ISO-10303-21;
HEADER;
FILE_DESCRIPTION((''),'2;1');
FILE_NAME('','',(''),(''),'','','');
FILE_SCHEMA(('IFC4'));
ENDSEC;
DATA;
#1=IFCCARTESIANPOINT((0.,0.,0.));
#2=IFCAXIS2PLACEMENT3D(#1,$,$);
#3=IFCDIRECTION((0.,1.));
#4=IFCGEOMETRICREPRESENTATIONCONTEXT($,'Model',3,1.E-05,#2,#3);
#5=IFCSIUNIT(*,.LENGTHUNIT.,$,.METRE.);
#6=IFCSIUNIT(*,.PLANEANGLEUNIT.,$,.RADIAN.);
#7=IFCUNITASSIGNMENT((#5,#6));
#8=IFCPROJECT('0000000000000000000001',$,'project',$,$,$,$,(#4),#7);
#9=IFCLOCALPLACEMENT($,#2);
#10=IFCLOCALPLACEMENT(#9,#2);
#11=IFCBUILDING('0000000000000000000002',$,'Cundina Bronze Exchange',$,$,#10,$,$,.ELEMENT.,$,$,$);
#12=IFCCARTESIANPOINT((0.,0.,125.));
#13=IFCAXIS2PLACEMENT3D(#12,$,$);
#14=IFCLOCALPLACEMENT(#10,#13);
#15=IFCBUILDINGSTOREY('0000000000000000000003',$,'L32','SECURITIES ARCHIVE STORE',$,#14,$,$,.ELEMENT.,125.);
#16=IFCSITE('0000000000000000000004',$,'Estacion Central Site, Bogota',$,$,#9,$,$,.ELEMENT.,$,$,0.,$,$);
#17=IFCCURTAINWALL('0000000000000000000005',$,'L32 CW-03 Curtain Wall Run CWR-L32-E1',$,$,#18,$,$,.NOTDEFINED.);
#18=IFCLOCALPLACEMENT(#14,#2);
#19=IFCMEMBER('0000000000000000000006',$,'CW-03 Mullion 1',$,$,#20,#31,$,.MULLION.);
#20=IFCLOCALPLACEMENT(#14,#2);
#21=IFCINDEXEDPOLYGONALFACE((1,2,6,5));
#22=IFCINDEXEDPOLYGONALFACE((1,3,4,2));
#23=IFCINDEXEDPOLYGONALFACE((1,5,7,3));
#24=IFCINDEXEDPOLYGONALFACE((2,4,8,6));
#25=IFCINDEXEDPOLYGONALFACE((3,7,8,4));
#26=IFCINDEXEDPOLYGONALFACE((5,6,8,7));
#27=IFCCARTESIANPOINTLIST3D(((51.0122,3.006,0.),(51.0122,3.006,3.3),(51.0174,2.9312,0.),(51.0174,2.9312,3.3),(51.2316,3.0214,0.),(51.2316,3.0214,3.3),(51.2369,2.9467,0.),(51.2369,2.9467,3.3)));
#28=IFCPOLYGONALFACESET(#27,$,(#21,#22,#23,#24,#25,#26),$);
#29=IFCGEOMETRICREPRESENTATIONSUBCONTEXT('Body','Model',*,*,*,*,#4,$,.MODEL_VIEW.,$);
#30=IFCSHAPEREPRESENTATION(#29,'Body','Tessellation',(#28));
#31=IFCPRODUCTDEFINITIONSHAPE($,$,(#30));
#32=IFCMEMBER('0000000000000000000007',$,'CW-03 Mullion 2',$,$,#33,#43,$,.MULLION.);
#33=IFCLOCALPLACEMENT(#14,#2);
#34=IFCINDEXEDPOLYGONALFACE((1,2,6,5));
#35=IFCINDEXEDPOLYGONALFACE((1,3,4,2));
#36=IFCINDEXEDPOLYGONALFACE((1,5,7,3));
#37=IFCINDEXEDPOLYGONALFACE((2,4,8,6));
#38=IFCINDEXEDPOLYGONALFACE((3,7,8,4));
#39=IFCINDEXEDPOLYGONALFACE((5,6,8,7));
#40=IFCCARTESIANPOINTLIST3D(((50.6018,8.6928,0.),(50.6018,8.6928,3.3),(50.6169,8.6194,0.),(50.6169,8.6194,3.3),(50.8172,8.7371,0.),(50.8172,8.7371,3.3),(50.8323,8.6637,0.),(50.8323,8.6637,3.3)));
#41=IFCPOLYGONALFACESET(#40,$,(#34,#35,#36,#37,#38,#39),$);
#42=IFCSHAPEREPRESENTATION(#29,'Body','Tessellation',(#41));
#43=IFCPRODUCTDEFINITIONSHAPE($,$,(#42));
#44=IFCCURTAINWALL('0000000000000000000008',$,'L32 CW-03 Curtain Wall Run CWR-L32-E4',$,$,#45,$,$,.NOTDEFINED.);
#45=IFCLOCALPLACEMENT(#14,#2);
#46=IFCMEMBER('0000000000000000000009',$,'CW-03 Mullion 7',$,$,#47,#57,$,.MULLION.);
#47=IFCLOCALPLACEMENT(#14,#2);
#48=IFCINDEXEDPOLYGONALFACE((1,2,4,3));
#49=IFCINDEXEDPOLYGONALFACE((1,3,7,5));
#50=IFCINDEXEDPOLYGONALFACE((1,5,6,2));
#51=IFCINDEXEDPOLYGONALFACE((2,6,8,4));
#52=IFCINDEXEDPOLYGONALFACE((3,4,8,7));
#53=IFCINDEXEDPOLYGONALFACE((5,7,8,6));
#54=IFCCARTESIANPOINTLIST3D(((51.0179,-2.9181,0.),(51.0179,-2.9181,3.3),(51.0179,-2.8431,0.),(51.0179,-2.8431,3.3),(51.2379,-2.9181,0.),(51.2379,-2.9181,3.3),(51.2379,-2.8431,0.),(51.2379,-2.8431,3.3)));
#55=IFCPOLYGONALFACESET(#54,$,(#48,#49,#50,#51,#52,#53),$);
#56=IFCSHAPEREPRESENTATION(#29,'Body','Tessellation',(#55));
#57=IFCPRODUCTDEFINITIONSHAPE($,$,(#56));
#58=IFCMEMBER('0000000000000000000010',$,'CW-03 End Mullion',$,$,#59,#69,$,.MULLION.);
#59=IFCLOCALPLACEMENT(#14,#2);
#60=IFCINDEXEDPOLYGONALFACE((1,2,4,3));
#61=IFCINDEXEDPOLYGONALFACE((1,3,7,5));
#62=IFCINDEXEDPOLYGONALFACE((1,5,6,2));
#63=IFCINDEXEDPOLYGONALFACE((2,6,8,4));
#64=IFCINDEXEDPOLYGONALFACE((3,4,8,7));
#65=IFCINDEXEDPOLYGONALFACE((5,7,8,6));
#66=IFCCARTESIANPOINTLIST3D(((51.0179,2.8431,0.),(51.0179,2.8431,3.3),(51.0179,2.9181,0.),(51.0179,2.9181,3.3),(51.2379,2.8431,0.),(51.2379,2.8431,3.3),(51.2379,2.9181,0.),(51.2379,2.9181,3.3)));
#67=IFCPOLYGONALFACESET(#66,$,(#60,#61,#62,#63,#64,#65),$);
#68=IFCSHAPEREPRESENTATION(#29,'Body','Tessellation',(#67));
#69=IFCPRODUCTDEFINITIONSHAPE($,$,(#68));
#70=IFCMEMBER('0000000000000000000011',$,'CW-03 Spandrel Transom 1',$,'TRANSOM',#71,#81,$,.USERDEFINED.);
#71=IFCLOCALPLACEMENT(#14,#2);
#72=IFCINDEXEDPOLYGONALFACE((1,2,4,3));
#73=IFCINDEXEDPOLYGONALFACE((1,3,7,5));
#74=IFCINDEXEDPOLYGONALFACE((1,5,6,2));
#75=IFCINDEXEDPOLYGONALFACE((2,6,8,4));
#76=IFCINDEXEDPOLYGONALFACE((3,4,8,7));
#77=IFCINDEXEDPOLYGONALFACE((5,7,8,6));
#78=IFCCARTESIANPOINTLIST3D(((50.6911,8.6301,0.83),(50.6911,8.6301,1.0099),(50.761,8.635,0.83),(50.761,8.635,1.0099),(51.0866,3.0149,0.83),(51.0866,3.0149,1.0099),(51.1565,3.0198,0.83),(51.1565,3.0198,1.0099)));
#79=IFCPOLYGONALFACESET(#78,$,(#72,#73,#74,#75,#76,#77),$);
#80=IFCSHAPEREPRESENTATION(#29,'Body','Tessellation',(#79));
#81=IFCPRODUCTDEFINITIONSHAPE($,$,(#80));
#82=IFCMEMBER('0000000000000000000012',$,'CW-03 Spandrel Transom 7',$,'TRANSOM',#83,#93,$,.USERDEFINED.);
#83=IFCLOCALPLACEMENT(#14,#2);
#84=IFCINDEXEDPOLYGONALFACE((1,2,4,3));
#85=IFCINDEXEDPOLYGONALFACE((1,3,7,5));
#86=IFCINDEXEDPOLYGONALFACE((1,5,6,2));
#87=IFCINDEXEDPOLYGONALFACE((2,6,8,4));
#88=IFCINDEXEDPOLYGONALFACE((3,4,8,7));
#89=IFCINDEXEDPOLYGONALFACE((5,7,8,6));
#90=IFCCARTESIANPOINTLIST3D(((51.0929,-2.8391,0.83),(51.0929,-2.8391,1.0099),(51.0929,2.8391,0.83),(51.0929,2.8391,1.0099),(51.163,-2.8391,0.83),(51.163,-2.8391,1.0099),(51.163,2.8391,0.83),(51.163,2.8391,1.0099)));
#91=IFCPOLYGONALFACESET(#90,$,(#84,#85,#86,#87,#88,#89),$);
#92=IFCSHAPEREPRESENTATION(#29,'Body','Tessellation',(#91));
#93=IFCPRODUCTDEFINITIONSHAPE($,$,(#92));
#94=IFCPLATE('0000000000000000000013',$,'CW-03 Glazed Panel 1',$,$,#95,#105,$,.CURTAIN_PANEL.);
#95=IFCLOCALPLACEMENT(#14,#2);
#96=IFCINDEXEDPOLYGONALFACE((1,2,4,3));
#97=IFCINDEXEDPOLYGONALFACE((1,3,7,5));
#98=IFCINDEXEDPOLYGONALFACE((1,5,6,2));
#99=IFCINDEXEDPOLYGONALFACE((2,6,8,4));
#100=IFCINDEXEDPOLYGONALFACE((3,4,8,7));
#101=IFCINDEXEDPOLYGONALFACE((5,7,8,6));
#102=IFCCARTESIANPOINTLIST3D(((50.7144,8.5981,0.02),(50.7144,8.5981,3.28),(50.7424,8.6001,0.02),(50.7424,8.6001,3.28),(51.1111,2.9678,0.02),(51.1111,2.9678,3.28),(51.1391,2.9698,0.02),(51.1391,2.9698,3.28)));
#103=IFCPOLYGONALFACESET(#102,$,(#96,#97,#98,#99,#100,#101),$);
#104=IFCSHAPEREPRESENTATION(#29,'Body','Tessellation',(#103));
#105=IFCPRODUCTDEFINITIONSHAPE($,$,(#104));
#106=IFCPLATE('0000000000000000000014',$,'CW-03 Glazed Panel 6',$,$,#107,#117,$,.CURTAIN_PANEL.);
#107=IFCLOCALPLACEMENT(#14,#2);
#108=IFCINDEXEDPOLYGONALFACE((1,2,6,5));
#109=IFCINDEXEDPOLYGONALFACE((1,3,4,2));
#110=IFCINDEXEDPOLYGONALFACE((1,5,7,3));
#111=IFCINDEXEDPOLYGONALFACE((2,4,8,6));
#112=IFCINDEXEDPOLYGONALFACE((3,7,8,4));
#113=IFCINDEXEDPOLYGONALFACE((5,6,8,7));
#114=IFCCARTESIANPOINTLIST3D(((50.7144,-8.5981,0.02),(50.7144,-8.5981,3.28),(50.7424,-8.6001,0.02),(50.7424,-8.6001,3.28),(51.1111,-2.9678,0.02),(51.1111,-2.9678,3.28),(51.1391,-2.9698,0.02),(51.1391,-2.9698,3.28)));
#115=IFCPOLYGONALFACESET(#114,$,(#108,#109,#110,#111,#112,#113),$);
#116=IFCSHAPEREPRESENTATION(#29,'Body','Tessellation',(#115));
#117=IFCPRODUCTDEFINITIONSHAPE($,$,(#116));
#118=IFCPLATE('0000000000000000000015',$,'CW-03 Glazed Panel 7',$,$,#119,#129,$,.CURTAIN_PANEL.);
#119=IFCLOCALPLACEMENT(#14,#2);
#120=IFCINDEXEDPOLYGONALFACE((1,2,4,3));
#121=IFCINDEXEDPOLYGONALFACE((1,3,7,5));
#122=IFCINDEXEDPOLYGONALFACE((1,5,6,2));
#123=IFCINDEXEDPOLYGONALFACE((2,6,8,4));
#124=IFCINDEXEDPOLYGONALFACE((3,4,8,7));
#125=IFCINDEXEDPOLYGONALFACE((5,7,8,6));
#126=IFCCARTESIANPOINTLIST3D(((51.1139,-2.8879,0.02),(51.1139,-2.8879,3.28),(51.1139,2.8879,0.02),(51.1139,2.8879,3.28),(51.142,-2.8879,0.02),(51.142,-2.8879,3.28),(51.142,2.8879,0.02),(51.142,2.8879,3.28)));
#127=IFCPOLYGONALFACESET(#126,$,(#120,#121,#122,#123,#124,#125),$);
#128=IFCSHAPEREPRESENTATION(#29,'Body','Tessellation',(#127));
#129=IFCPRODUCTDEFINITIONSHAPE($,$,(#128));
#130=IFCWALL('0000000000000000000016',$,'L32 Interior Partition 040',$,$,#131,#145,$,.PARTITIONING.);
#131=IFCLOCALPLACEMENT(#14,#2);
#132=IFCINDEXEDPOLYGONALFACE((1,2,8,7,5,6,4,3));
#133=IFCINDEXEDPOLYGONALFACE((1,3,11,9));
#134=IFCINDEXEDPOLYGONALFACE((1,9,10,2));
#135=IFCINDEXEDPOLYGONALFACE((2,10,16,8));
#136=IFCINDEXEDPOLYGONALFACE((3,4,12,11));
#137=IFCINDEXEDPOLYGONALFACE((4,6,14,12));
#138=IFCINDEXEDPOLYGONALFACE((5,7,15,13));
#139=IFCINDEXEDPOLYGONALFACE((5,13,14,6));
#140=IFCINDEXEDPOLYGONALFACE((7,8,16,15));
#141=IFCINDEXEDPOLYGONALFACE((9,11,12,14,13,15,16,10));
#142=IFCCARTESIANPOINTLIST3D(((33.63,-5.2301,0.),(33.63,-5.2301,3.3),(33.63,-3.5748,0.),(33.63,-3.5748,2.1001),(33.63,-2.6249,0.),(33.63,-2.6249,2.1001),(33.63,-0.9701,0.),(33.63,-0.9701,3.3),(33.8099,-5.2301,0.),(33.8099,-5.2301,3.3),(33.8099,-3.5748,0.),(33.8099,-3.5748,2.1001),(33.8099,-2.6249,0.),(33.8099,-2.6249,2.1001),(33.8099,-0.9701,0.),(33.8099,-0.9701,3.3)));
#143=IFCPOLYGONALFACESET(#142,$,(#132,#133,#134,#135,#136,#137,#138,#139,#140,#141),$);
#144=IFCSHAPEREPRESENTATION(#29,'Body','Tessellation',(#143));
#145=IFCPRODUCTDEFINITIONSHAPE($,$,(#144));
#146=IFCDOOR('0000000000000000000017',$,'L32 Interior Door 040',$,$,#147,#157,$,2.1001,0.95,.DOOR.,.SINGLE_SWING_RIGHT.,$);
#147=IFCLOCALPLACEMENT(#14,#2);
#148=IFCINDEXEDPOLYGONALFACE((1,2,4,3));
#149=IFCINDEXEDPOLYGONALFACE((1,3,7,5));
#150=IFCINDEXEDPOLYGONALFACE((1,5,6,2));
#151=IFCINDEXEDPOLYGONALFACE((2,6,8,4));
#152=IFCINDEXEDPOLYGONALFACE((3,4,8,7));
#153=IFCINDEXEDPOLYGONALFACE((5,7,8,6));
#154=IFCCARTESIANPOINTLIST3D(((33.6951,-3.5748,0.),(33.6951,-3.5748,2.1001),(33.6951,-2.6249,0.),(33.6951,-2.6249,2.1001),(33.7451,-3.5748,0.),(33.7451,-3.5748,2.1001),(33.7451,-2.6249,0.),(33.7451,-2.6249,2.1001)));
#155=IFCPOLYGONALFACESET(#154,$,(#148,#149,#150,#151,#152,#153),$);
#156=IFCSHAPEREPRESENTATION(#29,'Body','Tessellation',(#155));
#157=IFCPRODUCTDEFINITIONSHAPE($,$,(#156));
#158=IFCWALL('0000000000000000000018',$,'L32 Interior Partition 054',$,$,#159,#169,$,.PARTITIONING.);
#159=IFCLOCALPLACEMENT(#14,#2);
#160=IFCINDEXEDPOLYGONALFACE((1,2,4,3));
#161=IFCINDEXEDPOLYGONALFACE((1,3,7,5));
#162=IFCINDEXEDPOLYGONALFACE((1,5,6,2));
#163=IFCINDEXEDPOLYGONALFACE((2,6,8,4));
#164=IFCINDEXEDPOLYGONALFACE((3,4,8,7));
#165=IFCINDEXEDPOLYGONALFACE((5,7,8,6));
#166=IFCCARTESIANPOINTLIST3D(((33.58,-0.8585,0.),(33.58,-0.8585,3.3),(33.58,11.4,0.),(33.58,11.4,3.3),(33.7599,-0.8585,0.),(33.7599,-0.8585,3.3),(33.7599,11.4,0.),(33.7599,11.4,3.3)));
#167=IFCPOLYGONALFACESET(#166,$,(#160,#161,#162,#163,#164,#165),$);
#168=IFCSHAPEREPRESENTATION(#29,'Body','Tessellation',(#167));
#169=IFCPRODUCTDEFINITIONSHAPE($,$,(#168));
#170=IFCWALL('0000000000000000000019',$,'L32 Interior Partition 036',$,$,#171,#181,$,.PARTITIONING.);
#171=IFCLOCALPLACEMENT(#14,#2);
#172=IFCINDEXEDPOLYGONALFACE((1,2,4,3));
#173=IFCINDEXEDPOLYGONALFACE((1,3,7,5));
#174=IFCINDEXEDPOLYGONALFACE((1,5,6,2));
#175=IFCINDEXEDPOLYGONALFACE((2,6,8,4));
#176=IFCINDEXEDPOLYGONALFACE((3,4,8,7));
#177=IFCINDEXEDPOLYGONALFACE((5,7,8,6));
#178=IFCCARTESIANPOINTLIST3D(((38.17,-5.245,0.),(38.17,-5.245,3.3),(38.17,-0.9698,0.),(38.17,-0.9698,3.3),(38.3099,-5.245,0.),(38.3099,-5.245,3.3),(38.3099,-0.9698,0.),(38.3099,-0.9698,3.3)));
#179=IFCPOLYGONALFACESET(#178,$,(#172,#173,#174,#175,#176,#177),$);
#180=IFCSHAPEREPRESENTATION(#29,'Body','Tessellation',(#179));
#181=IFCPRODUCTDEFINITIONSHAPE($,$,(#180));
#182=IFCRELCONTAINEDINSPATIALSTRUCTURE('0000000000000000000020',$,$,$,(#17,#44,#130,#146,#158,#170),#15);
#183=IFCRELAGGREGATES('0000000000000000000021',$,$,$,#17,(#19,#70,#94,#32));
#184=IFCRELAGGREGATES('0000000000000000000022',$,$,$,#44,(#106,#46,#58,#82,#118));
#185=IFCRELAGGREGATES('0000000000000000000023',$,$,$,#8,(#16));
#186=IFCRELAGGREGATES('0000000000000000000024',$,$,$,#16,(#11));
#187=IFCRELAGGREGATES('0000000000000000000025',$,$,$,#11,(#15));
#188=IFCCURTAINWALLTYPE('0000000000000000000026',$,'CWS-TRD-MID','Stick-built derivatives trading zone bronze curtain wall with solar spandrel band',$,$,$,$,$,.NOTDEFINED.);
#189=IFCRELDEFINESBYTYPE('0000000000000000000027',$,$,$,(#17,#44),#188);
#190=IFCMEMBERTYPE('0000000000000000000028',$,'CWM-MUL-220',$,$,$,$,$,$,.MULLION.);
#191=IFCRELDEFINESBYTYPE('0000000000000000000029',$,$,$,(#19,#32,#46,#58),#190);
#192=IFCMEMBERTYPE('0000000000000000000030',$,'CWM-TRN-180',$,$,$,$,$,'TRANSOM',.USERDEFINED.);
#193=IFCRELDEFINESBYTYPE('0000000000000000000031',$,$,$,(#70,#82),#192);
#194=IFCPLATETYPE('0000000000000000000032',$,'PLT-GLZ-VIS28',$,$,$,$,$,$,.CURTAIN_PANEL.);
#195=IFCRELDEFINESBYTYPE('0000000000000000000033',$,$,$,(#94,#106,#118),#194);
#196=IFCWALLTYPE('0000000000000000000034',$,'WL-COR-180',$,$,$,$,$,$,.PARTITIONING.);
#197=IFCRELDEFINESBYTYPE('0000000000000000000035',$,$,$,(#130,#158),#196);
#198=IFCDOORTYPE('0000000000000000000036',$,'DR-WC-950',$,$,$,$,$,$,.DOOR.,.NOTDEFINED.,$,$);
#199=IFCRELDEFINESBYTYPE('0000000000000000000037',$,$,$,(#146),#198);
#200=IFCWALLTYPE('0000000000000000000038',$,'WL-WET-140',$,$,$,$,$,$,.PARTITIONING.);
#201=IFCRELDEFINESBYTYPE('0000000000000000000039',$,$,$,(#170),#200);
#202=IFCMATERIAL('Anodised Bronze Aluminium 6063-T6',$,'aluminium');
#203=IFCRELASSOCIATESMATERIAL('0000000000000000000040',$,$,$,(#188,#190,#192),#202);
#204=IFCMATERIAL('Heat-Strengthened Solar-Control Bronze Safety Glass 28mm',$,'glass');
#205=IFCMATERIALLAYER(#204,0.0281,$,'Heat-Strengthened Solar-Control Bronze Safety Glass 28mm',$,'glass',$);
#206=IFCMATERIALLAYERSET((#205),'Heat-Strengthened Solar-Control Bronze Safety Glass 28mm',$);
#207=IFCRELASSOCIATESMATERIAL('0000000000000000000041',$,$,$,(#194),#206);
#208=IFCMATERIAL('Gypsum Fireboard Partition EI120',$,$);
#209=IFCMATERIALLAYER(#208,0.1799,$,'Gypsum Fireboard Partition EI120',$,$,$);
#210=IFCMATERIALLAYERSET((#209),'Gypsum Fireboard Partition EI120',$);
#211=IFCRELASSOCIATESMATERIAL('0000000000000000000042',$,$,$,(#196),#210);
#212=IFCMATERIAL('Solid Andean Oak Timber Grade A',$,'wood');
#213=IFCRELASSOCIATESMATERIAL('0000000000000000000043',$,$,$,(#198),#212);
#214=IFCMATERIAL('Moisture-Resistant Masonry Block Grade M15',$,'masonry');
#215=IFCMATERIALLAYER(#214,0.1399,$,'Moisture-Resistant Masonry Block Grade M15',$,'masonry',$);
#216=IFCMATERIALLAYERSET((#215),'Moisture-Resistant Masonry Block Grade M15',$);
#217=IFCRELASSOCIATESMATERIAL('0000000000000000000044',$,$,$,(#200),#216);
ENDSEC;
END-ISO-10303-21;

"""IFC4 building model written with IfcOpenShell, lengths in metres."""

from ifc_helpers import new_model, si_unit, direction, frame, frame_2d, origin, origin_2d, place, context, subcontext, project, spatial, rectangle, extrude, material, layer, layer_set, material_profile, profile_set, type_object, element, fill, aggregate, save


model = new_model("IFC4")

# Units and contexts
model_context = context("Model", 3, precision=1e-05, world=origin(), true_north=direction((0.0, 1.0)))
body_context = subcontext(model_context, "Body", "Model", "MODEL_VIEW")
ifc_project = project(units=[si_unit("LENGTHUNIT", "METRE"), si_unit("PLANEANGLEUNIT", "RADIAN")], contexts=[model_context])

# Site, building, storey
site_placement = place(None, origin())
site = spatial("IfcSite", under=ifc_project, at=site_placement, Name="Estacion Central Site, Bogota", CompositionType="ELEMENT", RefElevation=0.0)
building_placement = place(site_placement, origin())
building = spatial("IfcBuilding", under=site, at=building_placement, Name="Cundina Bronze Exchange", CompositionType="ELEMENT")
storey_placement = place(building_placement, frame((0.0, 0.0, 125.0)))
storey = spatial("IfcBuildingStorey", under=building, at=storey_placement, Name="L32", Description="SECURITIES ARCHIVE STORE", CompositionType="ELEMENT", Elevation=125.0)

# Curtain walls, members
ifc_material_1 = material(Name="Anodised Bronze Aluminium 6063-T6", Category="aluminium")
curtain_wall_type = type_object("IfcCurtainWallType", Name="CWS-TRD-MID", Description="Stick-built derivatives trading zone bronze curtain wall with solar spandrel band", PredefinedType="NOTDEFINED", material=ifc_material_1)
curtain_wall_1_placement = place(storey_placement, origin())
curtain_wall_1 = element("IfcCurtainWall", 1, at=curtain_wall_1_placement, inside=storey, type_object=curtain_wall_type, Name="L32 CW-03 Curtain Wall Run CWR-L32-E1", PredefinedType="NOTDEFINED")
ifc_material_profile_1 = material_profile(ifc_material_1, rectangle(XDim=0.075, YDim=0.22, at=origin_2d()), Name="AL75X220", Category="aluminium")
ifc_profile_set_1 = profile_set([ifc_material_profile_1], Name="Anodised Bronze Aluminium 6063-T6")
member_type_1 = type_object("IfcMemberType", Name="CWM-MUL-220", PredefinedType="MULLION", material=ifc_profile_set_1)
member_1_placement = place(storey_placement, frame((51.1245, 2.9763, 0.0), z_axis=(0.0, 0.0, 1.0), x_axis=(-0.070279, 0.997527, 0.0)))
member_1 = element("IfcMember", 2, at=member_1_placement, type_object=member_type_1, Name="CW-03 Mullion 1", PredefinedType="MULLION", context=body_context, shape_type="SweptSolid", body=[
    extrude(rectangle(XDim=0.075, YDim=0.22, at=origin_2d()), origin(), (0.0, 0.0, 1.0), 3.3),
])
member_2_placement = place(storey_placement, frame((50.717, 8.6782, 0.0), z_axis=(0.0, 0.0, 1.0), x_axis=(-0.20142, 0.979505, 0.0)))
member_2 = element("IfcMember", 3, at=member_2_placement, type_object=member_type_1, Name="CW-03 Mullion 2", PredefinedType="MULLION", context=body_context, shape_type="SweptSolid", body=[
    extrude(rectangle(XDim=0.075, YDim=0.22, at=origin_2d()), origin(), (0.0, 0.0, 1.0), 3.3),
])
curtain_wall_2_placement = place(storey_placement, origin())
curtain_wall_2 = element("IfcCurtainWall", 4, at=curtain_wall_2_placement, inside=storey, type_object=curtain_wall_type, Name="L32 CW-03 Curtain Wall Run CWR-L32-E4", PredefinedType="NOTDEFINED")
member_3_placement = place(storey_placement, frame((51.1279, -2.8806, 0.0), z_axis=(0.0, 0.0, 1.0), x_axis=(0.0, 1.0, 0.0)))
member_3 = element("IfcMember", 5, at=member_3_placement, type_object=member_type_1, Name="CW-03 Mullion 7", PredefinedType="MULLION", context=body_context, shape_type="SweptSolid", body=[
    extrude(rectangle(XDim=0.075, YDim=0.22, at=origin_2d()), origin(), (0.0, 0.0, 1.0), 3.3),
])
member_4_placement = place(storey_placement, frame((51.1279, 2.8806, 0.0), z_axis=(0.0, 0.0, 1.0), x_axis=(0.0, 1.0, 0.0)))
member_4 = element("IfcMember", 6, at=member_4_placement, type_object=member_type_1, Name="CW-03 End Mullion", PredefinedType="MULLION", context=body_context, shape_type="SweptSolid", body=[
    extrude(rectangle(XDim=0.075, YDim=0.22, at=origin_2d()), origin(), (0.0, 0.0, 1.0), 3.3),
])

# Members
ifc_material_profile_2 = material_profile(ifc_material_1, rectangle(XDim=0.0701, YDim=0.1799, at=origin_2d()), Name="AL70X180", Category="aluminium")
ifc_profile_set_2 = profile_set([ifc_material_profile_2], Name="Anodised Bronze Aluminium 6063-T6")
member_type_2 = type_object("IfcMemberType", Name="CWM-TRN-180", ElementType="TRANSOM", PredefinedType="USERDEFINED", material=ifc_profile_set_2)
member_5_placement = place(storey_placement, frame((51.1216, 3.0173, 0.9199), z_axis=(-0.070261, 0.997529, 0.0), x_axis=(-0.997529, -0.070261, 0.0)))
member_5 = element("IfcMember", 7, at=member_5_placement, type_object=member_type_2, Name="CW-03 Spandrel Transom 1", ObjectType="TRANSOM", PredefinedType="USERDEFINED", context=body_context, shape_type="SweptSolid", body=[
    extrude(rectangle(XDim=0.0701, YDim=0.1799, at=origin_2d()), origin(), (0.0, 0.0, 1.0), 5.6292),
])
member_6_placement = place(storey_placement, frame((51.1279, -2.8391, 0.9199), z_axis=(0.0, 1.0, 0.0), x_axis=(-1.0, 0.0, 0.0)))
member_6 = element("IfcMember", 8, at=member_6_placement, type_object=member_type_2, Name="CW-03 Spandrel Transom 7", ObjectType="TRANSOM", PredefinedType="USERDEFINED", context=body_context, shape_type="SweptSolid", body=[
    extrude(rectangle(XDim=0.0701, YDim=0.1799, at=origin_2d()), origin(), (0.0, 0.0, 1.0), 5.6782),
])

# Plates
ifc_material_2 = material(Name="Heat-Strengthened Solar-Control Bronze Safety Glass 28mm", Category="glass")
ifc_layer_1 = layer(ifc_material_2, 0.0281, Name="Heat-Strengthened Solar-Control Bronze Safety Glass 28mm", Category="glass")
ifc_layer_set_1 = layer_set([ifc_layer_1], Name="Heat-Strengthened Solar-Control Bronze Safety Glass 28mm")
plate_type = type_object("IfcPlateType", Name="PLT-GLZ-VIS28", PredefinedType="CURTAIN_PANEL", material=ifc_layer_set_1)
plate_1_placement = place(storey_placement, frame((50.9268, 5.7839, 0.02), z_axis=(0.0, 0.0, 1.0), x_axis=(-0.070279, 0.997527, 0.0)))
plate_1 = element("IfcPlate", 9, at=plate_1_placement, type_object=plate_type, Name="CW-03 Glazed Panel 1", PredefinedType="CURTAIN_PANEL", context=body_context, shape_type="SweptSolid", body=[
    extrude(rectangle(XDim=5.6443, YDim=0.0281, at=origin_2d()), origin(), (0.0, 0.0, 1.0), 3.26),
])
aggregate(curtain_wall_1, [member_1, member_5, plate_1, member_2])
plate_2_placement = place(storey_placement, frame((50.9268, -5.7839, 0.02), z_axis=(0.0, 0.0, 1.0), x_axis=(0.070279, 0.997527, 0.0)))
plate_2 = element("IfcPlate", 10, at=plate_2_placement, type_object=plate_type, Name="CW-03 Glazed Panel 6", PredefinedType="CURTAIN_PANEL", context=body_context, shape_type="SweptSolid", body=[
    extrude(rectangle(XDim=5.6443, YDim=0.0281, at=origin_2d()), origin(), (0.0, 0.0, 1.0), 3.26),
])
plate_3_placement = place(storey_placement, frame((51.1279, 0.0, 0.02), z_axis=(0.0, 0.0, 1.0), x_axis=(0.0, 1.0, 0.0)))
plate_3 = element("IfcPlate", 11, at=plate_3_placement, type_object=plate_type, Name="CW-03 Glazed Panel 7", PredefinedType="CURTAIN_PANEL", context=body_context, shape_type="SweptSolid", body=[
    extrude(rectangle(XDim=5.7759, YDim=0.0281, at=origin_2d()), origin(), (0.0, 0.0, 1.0), 3.26),
])
aggregate(curtain_wall_2, [plate_2, member_3, member_4, member_6, plate_3])

# Wall, opening, door
ifc_material_3 = material(Name="Gypsum Fireboard Partition EI120")
ifc_layer_2 = layer(ifc_material_3, 0.1799, Name="Gypsum Fireboard Partition EI120")
ifc_layer_set_2 = layer_set([ifc_layer_2], Name="Gypsum Fireboard Partition EI120")
wall_type_1 = type_object("IfcWallType", Name="WL-COR-180", PredefinedType="PARTITIONING", material=ifc_layer_set_2)
wall_1_placement = place(storey_placement, frame((33.72, -5.23, 0.0), z_axis=(0.0, 0.0, 1.0), x_axis=(0.0, 1.0, 0.0)))
wall_1 = element("IfcWall", 12, at=wall_1_placement, inside=storey, type_object=wall_type_1, Name="L32 Interior Partition 040", PredefinedType="PARTITIONING", context=body_context, shape_type="SweptSolid", body=[
    extrude(rectangle(XDim=4.26, YDim=0.1799, at=frame_2d((2.1299, 0.0))), origin(), (0.0, 0.0, 1.0), 3.3),
])
opening_placement = place(wall_1_placement, frame((1.655, 0.0, 0.0)))
opening = element("IfcOpeningElement", 13, at=opening_placement, cuts=wall_1, PredefinedType="OPENING", context=body_context, shape_type="SweptSolid", body=[
    extrude(rectangle(XDim=0.95, YDim=2.1001, at=frame_2d((0.4751, 1.05))), frame((0.0, 0.0999, 0.0), z_axis=(0.0, -1.0, 0.0), x_axis=(1.0, 0.0, 0.0)), (0.0, 0.0, 1.0), 0.2),
])
ifc_material_4 = material(Name="Solid Andean Oak Timber Grade A", Category="wood")
door_type = type_object("IfcDoorType", Name="DR-WC-950", OperationType="NOTDEFINED", PredefinedType="DOOR", material=ifc_material_4)
door_placement = place(opening_placement, origin())
door = element("IfcDoor", 14, at=door_placement, inside=storey, type_object=door_type, Name="L32 Interior Door 040", OperationType="SINGLE_SWING_RIGHT", OverallHeight=2.1001, OverallWidth=0.95, PredefinedType="DOOR", context=body_context, shape_type="SweptSolid", body=[
    extrude(rectangle(XDim=0.95, YDim=2.1001, at=frame_2d((0.4751, 1.05))), frame((0.0, 0.0249, 0.0), z_axis=(0.0, -1.0, 0.0), x_axis=(1.0, 0.0, 0.0)), (0.0, 0.0, 1.0), 0.05),
])
fill(opening, door)

# Walls
wall_2_placement = place(storey_placement, frame((33.6699, -0.8586, 0.0), z_axis=(0.0, 0.0, 1.0), x_axis=(0.0, 1.0, 0.0)))
element("IfcWall", 15, at=wall_2_placement, inside=storey, type_object=wall_type_1, Name="L32 Interior Partition 054", PredefinedType="PARTITIONING", context=body_context, shape_type="SweptSolid", body=[
    extrude(rectangle(XDim=12.2585, YDim=0.1799, at=frame_2d((6.1294, 0.0))), origin(), (0.0, 0.0, 1.0), 3.3),
])
ifc_material_5 = material(Name="Moisture-Resistant Masonry Block Grade M15", Category="masonry")
ifc_layer_3 = layer(ifc_material_5, 0.1399, Name="Moisture-Resistant Masonry Block Grade M15", Category="masonry")
ifc_layer_set_3 = layer_set([ifc_layer_3], Name="Moisture-Resistant Masonry Block Grade M15")
wall_type_2 = type_object("IfcWallType", Name="WL-WET-140", PredefinedType="PARTITIONING", material=ifc_layer_set_3)
wall_3_placement = place(storey_placement, frame((38.24, -5.2451, 0.0), z_axis=(0.0, 0.0, 1.0), x_axis=(0.0, 1.0, 0.0)))
element("IfcWall", 16, at=wall_3_placement, inside=storey, type_object=wall_type_2, Name="L32 Interior Partition 036", PredefinedType="PARTITIONING", context=body_context, shape_type="SweptSolid", body=[
    extrude(rectangle(XDim=4.2751, YDim=0.1399, at=frame_2d((2.1377, 0.0))), origin(), (0.0, 0.0, 1.0), 3.3),
])

save(model, "model.ifc")
